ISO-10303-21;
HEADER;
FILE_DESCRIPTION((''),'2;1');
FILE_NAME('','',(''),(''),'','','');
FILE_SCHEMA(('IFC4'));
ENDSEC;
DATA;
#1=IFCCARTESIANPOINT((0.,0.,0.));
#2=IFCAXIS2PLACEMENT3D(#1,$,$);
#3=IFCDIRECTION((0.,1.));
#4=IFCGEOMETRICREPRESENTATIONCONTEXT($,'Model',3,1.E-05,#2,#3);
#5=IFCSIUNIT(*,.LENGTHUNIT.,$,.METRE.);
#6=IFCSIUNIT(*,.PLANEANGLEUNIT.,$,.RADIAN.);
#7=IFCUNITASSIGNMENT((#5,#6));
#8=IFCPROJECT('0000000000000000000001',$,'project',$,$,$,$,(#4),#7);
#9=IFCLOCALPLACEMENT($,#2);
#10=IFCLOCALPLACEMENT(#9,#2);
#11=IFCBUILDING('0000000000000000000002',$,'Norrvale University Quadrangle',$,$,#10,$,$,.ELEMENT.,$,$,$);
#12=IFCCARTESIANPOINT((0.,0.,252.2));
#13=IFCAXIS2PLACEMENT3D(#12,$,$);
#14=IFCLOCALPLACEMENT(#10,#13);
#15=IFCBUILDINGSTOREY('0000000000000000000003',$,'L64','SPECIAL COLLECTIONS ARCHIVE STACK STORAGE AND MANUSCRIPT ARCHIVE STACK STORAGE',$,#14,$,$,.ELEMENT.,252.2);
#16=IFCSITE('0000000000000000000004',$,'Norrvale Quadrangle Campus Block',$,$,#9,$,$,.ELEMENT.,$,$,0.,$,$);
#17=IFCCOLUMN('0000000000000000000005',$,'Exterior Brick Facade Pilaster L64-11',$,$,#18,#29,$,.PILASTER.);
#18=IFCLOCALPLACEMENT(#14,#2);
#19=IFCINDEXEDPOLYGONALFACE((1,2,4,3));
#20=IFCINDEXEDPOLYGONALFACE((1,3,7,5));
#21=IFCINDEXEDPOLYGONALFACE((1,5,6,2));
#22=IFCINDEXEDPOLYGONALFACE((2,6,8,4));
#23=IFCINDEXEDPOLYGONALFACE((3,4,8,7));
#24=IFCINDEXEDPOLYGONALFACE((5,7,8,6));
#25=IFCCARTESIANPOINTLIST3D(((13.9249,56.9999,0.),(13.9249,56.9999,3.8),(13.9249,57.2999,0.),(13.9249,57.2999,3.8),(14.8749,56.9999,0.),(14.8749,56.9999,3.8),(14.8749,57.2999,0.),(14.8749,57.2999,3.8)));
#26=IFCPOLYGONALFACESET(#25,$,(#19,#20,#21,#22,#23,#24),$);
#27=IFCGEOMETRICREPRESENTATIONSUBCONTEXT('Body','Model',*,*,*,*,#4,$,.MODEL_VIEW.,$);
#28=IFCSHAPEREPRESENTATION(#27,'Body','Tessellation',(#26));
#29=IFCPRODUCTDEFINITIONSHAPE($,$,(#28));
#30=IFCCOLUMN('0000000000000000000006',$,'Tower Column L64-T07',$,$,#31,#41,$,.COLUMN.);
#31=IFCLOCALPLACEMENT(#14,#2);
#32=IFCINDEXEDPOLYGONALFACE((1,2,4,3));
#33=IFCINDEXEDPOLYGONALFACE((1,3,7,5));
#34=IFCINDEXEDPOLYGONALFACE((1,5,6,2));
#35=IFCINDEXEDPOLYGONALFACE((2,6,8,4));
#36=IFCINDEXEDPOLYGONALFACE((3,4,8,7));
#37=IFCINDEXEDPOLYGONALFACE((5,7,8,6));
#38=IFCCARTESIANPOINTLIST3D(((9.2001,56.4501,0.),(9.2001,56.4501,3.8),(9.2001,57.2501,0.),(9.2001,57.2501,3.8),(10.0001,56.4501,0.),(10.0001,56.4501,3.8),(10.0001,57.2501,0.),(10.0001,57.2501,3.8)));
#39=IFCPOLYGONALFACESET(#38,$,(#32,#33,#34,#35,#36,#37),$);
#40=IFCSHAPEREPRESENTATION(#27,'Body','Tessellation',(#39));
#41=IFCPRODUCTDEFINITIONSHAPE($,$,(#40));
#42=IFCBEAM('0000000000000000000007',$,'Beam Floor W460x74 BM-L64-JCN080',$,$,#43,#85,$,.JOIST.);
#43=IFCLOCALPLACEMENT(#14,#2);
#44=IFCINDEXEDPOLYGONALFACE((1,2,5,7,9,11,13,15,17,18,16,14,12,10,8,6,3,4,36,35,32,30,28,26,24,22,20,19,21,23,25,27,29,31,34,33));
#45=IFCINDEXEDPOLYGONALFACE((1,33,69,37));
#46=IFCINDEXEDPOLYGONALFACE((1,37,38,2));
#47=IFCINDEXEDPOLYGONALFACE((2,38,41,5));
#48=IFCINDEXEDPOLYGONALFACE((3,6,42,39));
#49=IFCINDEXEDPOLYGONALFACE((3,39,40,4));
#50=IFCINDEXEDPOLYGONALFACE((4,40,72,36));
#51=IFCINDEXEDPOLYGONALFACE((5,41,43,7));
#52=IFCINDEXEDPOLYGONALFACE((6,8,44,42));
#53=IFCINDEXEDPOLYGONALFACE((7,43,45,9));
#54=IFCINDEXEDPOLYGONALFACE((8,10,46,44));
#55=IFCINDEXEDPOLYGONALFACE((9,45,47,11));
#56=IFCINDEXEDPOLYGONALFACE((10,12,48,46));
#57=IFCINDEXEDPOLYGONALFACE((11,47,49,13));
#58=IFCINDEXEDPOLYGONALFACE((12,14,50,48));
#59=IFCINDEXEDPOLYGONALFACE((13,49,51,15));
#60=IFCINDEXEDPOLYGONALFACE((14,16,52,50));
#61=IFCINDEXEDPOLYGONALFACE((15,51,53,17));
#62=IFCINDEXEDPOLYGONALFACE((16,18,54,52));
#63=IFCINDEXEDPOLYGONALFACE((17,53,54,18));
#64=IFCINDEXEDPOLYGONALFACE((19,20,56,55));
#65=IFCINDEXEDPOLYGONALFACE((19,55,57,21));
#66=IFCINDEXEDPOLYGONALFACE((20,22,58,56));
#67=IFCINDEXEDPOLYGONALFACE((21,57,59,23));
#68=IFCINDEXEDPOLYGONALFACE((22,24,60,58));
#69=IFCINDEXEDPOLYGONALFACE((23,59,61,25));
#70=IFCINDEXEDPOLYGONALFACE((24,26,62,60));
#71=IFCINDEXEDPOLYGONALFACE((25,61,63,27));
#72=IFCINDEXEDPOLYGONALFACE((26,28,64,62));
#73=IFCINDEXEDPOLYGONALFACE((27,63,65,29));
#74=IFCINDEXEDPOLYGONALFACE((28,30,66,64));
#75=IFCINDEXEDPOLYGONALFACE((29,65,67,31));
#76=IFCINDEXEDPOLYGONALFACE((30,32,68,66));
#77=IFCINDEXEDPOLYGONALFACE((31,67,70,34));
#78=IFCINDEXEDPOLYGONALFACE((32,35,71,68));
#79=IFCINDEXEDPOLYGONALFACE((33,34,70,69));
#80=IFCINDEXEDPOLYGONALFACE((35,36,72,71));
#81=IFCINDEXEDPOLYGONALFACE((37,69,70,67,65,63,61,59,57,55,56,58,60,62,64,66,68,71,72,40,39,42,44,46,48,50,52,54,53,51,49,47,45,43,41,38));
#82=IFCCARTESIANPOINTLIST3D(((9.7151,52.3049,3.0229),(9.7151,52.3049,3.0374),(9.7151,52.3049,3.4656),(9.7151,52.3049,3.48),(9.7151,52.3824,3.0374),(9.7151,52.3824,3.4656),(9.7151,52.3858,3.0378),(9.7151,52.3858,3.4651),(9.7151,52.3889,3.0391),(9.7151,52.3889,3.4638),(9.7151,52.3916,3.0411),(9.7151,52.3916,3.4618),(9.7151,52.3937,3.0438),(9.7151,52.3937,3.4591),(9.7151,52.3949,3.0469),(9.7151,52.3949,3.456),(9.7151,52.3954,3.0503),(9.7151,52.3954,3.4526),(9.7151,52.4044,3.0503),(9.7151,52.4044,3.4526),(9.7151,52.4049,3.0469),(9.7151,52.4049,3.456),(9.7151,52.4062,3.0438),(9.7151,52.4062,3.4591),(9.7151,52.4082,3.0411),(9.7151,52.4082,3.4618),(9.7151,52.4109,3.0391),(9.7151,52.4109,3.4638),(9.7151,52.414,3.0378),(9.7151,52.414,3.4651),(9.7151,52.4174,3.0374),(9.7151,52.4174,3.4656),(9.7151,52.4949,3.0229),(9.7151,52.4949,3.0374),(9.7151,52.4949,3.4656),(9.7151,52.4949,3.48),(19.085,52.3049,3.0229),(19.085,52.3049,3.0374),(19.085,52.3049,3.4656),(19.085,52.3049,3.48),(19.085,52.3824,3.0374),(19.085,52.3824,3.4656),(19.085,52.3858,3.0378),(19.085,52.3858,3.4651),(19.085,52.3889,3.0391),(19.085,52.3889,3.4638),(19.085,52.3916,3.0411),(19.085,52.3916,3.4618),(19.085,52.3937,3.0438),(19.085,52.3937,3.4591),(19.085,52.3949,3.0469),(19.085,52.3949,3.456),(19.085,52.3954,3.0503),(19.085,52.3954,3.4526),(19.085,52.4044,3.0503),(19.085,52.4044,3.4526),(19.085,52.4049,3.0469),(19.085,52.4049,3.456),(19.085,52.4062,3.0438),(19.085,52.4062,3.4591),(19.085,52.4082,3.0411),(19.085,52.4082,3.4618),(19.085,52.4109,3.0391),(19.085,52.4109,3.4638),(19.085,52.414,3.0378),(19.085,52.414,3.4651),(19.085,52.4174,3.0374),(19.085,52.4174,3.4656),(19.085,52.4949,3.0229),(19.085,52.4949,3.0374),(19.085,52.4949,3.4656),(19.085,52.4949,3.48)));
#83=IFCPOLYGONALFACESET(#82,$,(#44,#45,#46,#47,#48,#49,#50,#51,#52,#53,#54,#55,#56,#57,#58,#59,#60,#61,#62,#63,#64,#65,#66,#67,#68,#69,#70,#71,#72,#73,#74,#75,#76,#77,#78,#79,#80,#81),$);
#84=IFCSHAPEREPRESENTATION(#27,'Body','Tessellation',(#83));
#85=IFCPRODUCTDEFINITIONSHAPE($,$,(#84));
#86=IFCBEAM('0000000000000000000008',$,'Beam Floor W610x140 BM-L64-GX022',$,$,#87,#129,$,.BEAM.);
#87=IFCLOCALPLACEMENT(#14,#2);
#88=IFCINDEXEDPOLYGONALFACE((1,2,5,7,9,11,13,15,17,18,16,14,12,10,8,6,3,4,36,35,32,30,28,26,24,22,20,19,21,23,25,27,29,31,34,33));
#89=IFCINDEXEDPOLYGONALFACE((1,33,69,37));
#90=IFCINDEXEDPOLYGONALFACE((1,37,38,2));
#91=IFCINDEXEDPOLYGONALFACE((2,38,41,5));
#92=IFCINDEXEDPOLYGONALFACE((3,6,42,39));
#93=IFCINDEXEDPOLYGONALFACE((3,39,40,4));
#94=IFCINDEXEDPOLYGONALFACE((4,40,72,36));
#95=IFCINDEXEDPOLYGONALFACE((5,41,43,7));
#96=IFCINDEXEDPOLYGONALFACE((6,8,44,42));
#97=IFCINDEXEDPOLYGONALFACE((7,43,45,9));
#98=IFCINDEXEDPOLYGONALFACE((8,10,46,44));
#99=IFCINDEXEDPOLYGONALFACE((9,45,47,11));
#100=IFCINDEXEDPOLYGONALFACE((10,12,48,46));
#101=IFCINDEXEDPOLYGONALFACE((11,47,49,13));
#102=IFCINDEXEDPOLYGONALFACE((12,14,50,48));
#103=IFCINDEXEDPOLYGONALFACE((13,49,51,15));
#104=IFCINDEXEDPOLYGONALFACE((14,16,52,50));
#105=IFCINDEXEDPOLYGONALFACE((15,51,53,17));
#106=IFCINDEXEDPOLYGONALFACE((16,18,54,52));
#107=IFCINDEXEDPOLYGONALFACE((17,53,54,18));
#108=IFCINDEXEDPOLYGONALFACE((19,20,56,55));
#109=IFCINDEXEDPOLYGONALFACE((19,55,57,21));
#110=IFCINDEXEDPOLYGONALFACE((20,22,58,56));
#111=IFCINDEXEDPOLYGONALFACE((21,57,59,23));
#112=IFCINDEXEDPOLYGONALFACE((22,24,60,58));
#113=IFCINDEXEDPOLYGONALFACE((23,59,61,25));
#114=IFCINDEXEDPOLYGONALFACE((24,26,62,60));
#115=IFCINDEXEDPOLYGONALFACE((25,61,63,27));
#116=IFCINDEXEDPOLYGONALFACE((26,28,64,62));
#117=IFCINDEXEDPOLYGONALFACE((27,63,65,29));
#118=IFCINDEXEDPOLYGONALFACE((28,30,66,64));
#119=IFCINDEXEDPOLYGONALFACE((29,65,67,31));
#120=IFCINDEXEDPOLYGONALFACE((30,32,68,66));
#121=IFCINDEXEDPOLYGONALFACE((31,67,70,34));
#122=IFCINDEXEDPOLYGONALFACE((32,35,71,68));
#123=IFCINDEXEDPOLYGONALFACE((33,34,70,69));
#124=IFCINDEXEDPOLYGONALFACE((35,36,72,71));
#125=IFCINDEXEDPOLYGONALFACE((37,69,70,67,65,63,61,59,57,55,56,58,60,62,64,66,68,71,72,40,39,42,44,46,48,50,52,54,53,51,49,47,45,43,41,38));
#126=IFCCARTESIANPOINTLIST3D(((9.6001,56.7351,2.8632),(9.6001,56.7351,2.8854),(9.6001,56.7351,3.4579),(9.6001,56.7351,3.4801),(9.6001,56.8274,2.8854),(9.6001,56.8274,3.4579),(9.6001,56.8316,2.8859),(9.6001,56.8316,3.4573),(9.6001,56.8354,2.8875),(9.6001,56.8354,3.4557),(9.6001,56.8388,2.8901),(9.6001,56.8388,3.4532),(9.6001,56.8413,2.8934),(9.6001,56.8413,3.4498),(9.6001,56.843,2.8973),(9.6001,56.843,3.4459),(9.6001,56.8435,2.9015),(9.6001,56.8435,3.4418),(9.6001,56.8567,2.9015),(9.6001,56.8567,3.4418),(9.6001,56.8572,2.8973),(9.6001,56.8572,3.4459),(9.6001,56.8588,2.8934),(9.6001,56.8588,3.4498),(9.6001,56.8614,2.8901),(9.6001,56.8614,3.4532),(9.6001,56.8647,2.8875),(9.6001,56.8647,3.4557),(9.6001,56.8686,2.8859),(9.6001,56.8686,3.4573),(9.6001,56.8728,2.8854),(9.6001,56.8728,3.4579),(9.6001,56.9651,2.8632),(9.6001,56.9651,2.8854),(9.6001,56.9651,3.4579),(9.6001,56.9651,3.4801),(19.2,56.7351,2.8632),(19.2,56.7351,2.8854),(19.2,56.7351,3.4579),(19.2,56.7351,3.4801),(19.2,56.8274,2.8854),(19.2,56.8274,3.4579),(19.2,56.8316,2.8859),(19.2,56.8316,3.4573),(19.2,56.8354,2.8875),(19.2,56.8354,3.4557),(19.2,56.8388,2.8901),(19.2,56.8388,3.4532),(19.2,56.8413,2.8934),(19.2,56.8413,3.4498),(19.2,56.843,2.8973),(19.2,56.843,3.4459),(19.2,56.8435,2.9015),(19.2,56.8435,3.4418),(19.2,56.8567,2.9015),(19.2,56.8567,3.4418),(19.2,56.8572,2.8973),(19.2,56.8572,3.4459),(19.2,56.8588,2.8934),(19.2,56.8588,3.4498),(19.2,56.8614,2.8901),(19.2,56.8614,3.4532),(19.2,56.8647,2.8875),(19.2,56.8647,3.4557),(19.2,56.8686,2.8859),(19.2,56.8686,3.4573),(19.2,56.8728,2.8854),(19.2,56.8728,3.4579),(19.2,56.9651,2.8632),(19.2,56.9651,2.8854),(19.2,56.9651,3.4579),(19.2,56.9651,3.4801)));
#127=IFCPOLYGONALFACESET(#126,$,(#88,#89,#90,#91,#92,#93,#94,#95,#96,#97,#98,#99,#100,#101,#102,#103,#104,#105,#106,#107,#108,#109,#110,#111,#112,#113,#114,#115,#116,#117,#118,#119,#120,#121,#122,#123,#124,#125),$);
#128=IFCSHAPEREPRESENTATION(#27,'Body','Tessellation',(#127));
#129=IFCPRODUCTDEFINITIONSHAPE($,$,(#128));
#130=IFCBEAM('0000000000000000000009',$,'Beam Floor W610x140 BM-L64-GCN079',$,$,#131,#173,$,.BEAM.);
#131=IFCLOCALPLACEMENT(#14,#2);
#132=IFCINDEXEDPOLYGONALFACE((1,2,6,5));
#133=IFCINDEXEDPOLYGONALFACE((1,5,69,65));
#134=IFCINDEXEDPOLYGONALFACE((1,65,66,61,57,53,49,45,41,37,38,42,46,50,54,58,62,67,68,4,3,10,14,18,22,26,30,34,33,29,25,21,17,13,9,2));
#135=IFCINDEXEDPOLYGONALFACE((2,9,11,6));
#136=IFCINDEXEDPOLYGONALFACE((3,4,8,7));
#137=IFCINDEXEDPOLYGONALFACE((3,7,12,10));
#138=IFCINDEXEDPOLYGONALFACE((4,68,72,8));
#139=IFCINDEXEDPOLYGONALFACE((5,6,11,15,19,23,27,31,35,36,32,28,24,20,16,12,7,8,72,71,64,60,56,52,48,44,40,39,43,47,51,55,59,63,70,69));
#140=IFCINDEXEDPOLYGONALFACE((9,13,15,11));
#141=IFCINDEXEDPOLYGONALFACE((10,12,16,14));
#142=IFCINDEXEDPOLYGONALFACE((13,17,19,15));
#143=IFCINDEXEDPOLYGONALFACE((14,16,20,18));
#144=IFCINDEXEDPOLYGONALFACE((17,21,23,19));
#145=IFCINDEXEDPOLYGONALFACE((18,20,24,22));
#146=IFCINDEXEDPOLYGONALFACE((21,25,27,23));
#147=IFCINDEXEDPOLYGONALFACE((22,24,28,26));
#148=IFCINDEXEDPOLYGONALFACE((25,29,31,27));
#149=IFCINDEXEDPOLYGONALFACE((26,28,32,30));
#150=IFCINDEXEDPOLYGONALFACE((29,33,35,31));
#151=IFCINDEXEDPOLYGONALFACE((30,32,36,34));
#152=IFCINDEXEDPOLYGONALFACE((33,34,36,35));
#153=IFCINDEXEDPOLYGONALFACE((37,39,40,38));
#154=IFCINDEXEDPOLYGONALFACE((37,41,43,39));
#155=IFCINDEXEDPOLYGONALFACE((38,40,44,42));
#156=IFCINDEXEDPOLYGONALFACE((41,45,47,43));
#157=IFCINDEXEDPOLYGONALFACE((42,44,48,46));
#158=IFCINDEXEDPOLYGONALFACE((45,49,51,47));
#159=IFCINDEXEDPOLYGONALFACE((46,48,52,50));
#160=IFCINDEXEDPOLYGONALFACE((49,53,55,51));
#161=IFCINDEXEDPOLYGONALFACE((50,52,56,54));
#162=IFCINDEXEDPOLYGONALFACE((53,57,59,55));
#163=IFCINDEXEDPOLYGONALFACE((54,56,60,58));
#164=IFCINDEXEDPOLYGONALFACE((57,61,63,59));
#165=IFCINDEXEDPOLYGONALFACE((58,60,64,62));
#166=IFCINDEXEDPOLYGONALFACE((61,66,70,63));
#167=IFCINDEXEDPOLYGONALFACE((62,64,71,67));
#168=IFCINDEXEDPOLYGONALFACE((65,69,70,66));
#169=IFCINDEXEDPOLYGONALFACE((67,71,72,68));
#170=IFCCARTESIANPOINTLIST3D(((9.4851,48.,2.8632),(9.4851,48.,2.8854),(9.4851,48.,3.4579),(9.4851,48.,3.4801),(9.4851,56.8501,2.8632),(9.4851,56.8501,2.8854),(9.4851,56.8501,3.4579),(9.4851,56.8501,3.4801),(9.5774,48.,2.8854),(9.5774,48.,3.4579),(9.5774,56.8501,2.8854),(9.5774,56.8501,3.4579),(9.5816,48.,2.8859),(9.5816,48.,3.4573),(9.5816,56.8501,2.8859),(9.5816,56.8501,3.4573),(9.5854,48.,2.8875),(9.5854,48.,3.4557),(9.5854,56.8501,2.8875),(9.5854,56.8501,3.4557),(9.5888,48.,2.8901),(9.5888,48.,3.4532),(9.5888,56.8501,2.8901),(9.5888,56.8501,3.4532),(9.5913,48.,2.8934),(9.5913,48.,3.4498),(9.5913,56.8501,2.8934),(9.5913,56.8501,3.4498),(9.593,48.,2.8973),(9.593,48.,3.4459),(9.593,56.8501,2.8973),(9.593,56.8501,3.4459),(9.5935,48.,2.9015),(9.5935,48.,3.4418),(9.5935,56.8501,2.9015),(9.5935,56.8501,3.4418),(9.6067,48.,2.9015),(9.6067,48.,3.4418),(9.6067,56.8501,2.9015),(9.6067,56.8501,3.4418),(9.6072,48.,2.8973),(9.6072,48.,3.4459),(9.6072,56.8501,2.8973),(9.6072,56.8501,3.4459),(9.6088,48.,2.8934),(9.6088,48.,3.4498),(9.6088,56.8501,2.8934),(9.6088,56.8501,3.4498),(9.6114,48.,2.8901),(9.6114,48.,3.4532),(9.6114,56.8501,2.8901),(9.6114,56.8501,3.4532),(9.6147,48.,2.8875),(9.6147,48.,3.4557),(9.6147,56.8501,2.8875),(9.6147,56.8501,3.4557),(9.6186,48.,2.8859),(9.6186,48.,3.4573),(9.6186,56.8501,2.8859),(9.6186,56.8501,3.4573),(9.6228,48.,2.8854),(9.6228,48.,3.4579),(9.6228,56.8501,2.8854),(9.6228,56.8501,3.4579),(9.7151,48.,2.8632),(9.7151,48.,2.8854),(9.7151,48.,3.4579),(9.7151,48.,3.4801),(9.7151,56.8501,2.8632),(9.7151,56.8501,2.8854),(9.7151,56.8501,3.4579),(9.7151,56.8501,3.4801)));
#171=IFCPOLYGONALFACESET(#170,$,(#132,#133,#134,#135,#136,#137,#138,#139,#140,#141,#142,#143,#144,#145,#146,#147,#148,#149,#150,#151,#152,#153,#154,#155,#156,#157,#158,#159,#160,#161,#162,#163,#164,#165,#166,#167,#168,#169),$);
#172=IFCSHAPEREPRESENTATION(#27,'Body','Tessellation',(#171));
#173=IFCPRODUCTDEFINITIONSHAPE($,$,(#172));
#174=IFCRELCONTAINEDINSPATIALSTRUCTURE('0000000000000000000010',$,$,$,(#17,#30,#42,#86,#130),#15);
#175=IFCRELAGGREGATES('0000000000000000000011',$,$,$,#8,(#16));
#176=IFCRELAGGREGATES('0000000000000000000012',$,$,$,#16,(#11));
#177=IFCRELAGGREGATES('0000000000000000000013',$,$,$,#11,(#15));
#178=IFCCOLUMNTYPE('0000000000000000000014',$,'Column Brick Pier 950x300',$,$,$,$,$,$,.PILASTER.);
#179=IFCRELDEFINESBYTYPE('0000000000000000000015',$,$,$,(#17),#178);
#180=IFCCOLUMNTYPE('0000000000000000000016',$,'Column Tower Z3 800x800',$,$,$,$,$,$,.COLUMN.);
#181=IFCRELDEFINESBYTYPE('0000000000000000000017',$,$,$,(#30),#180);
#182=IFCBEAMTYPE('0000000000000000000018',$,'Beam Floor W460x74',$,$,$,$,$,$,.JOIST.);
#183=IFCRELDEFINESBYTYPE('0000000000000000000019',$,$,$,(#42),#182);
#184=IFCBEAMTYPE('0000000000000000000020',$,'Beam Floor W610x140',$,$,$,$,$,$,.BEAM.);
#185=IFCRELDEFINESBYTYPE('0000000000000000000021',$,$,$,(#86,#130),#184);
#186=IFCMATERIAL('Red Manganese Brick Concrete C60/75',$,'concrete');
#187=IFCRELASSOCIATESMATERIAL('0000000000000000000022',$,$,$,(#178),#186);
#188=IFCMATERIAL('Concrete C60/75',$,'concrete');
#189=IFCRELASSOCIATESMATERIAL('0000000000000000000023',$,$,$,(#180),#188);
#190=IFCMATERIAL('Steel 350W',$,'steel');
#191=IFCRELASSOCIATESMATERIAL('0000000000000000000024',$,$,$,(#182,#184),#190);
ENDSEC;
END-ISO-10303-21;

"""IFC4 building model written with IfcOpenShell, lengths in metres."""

from ifc_helpers import new_model, si_unit, direction, frame, origin, origin_2d, place, context, subcontext, project, spatial, rectangle, i_section, extrude, material, material_profile, profile_set, type_object, element, save


model = new_model("IFC4")

# Units and contexts
model_context = context("Model", 3, precision=1e-05, world=origin(), true_north=direction((0.0, 1.0)))
body_context = subcontext(model_context, "Body", "Model", "MODEL_VIEW")
ifc_project = project(units=[si_unit("LENGTHUNIT", "METRE"), si_unit("PLANEANGLEUNIT", "RADIAN")], contexts=[model_context])

# Site, building, storey
site_placement = place(None, origin())
site = spatial("IfcSite", under=ifc_project, at=site_placement, Name="Norrvale Quadrangle Campus Block", CompositionType="ELEMENT", RefElevation=0.0)
building_placement = place(site_placement, origin())
building = spatial("IfcBuilding", under=site, at=building_placement, Name="Norrvale University Quadrangle", CompositionType="ELEMENT")
storey_placement = place(building_placement, frame((0.0, 0.0, 252.2)))
storey = spatial("IfcBuildingStorey", under=building, at=storey_placement, Name="L64", Description="SPECIAL COLLECTIONS ARCHIVE STACK STORAGE AND MANUSCRIPT ARCHIVE STACK STORAGE", CompositionType="ELEMENT", Elevation=252.2)

# Columns
ifc_material_1 = material(Name="Red Manganese Brick Concrete C60/75", Category="concrete")
ifc_material_profile_1 = material_profile(ifc_material_1, rectangle(XDim=0.95, YDim=0.3, at=origin_2d()), Name="Red Manganese Brick Concrete C60/75")
ifc_profile_set_1 = profile_set([ifc_material_profile_1], Name="Red Manganese Brick Concrete C60/75")
column_type_1 = type_object("IfcColumnType", Name="Column Brick Pier 950x300", PredefinedType="PILASTER", material=ifc_profile_set_1)
column_1_placement = place(storey_placement, frame((14.3999, 57.1499, 0.0), z_axis=(0.0, 0.0, 1.0), x_axis=(1.0, 0.0, 0.0)))
element("IfcColumn", 1, at=column_1_placement, inside=storey, type_object=column_type_1, Name="Exterior Brick Facade Pilaster L64-11", PredefinedType="PILASTER", context=body_context, shape_type="SweptSolid", body=[
    extrude(rectangle(XDim=0.95, YDim=0.3, at=origin_2d()), origin(), (0.0, 0.0, 1.0), 3.8),
])
ifc_material_2 = material(Name="Concrete C60/75", Category="concrete")
ifc_material_profile_2 = material_profile(ifc_material_2, rectangle(XDim=0.8, YDim=0.8, at=origin_2d()), Name="Concrete C60/75")
ifc_profile_set_2 = profile_set([ifc_material_profile_2], Name="Concrete C60/75")
column_type_2 = type_object("IfcColumnType", Name="Column Tower Z3 800x800", PredefinedType="COLUMN", material=ifc_profile_set_2)
column_2_placement = place(storey_placement, frame((9.6001, 56.8501, 0.0), z_axis=(0.0, 0.0, 1.0), x_axis=(1.0, 0.0, 0.0)))
element("IfcColumn", 2, at=column_2_placement, inside=storey, type_object=column_type_2, Name="Tower Column L64-T07", PredefinedType="COLUMN", context=body_context, shape_type="SweptSolid", body=[
    extrude(rectangle(XDim=0.8, YDim=0.8, at=origin_2d()), origin(), (0.0, 0.0, 1.0), 3.8),
])

# Beams
ifc_material_3 = material(Name="Steel 350W", Category="steel")
ifc_material_profile_3 = material_profile(ifc_material_3, i_section(OverallWidth=0.1899, OverallDepth=0.457, WebThickness=0.009, FlangeThickness=0.0144, FilletRadius=0.0129, at=origin_2d()), Name="Steel 350W")
ifc_profile_set_3 = profile_set([ifc_material_profile_3], Name="Steel 350W")
beam_type_1 = type_object("IfcBeamType", Name="Beam Floor W460x74", PredefinedType="JOIST", material=ifc_profile_set_3)
beam_1_placement = place(storey_placement, frame((9.7151, 52.3999, 3.2515), z_axis=(1.0, 0.0, 0.0), x_axis=(0.0, 1.0, 0.0)))
element("IfcBeam", 3, at=beam_1_placement, inside=storey, type_object=beam_type_1, Name="Beam Floor W460x74 BM-L64-JCN080", PredefinedType="JOIST", context=body_context, shape_type="SweptSolid", body=[
    extrude(i_section(OverallWidth=0.1899, OverallDepth=0.457, WebThickness=0.009, FlangeThickness=0.0144, FilletRadius=0.0129, at=origin_2d()), origin(), (0.0, 0.0, 1.0), 9.3699),
])
ifc_material_profile_4 = material_profile(ifc_material_3, i_section(OverallWidth=0.23, OverallDepth=0.6169, WebThickness=0.0132, FlangeThickness=0.0222, FilletRadius=0.0161, at=origin_2d()), Name="Steel 350W")
ifc_profile_set_4 = profile_set([ifc_material_profile_4], Name="Steel 350W")
beam_type_2 = type_object("IfcBeamType", Name="Beam Floor W610x140", PredefinedType="BEAM", material=ifc_profile_set_4)
beam_2_placement = place(storey_placement, frame((9.6001, 56.8501, 3.1716), z_axis=(1.0, 0.0, 0.0), x_axis=(0.0, 1.0, 0.0)))
element("IfcBeam", 4, at=beam_2_placement, inside=storey, type_object=beam_type_2, Name="Beam Floor W610x140 BM-L64-GX022", PredefinedType="BEAM", context=body_context, shape_type="SweptSolid", body=[
    extrude(i_section(OverallWidth=0.23, OverallDepth=0.6169, WebThickness=0.0132, FlangeThickness=0.0222, FilletRadius=0.0161, at=origin_2d()), origin(), (0.0, 0.0, 1.0), 9.5999),
])
beam_3_placement = place(storey_placement, frame((9.6001, 48.0, 3.1716), z_axis=(0.0, 1.0, 0.0), x_axis=(-1.0, 0.0, 0.0)))
element("IfcBeam", 5, at=beam_3_placement, inside=storey, type_object=beam_type_2, Name="Beam Floor W610x140 BM-L64-GCN079", PredefinedType="BEAM", context=body_context, shape_type="SweptSolid", body=[
    extrude(i_section(OverallWidth=0.23, OverallDepth=0.6169, WebThickness=0.0132, FlangeThickness=0.0222, FilletRadius=0.0161, at=origin_2d()), origin(), (0.0, 0.0, 1.0), 8.8501),
])

save(model, "model.ifc")
